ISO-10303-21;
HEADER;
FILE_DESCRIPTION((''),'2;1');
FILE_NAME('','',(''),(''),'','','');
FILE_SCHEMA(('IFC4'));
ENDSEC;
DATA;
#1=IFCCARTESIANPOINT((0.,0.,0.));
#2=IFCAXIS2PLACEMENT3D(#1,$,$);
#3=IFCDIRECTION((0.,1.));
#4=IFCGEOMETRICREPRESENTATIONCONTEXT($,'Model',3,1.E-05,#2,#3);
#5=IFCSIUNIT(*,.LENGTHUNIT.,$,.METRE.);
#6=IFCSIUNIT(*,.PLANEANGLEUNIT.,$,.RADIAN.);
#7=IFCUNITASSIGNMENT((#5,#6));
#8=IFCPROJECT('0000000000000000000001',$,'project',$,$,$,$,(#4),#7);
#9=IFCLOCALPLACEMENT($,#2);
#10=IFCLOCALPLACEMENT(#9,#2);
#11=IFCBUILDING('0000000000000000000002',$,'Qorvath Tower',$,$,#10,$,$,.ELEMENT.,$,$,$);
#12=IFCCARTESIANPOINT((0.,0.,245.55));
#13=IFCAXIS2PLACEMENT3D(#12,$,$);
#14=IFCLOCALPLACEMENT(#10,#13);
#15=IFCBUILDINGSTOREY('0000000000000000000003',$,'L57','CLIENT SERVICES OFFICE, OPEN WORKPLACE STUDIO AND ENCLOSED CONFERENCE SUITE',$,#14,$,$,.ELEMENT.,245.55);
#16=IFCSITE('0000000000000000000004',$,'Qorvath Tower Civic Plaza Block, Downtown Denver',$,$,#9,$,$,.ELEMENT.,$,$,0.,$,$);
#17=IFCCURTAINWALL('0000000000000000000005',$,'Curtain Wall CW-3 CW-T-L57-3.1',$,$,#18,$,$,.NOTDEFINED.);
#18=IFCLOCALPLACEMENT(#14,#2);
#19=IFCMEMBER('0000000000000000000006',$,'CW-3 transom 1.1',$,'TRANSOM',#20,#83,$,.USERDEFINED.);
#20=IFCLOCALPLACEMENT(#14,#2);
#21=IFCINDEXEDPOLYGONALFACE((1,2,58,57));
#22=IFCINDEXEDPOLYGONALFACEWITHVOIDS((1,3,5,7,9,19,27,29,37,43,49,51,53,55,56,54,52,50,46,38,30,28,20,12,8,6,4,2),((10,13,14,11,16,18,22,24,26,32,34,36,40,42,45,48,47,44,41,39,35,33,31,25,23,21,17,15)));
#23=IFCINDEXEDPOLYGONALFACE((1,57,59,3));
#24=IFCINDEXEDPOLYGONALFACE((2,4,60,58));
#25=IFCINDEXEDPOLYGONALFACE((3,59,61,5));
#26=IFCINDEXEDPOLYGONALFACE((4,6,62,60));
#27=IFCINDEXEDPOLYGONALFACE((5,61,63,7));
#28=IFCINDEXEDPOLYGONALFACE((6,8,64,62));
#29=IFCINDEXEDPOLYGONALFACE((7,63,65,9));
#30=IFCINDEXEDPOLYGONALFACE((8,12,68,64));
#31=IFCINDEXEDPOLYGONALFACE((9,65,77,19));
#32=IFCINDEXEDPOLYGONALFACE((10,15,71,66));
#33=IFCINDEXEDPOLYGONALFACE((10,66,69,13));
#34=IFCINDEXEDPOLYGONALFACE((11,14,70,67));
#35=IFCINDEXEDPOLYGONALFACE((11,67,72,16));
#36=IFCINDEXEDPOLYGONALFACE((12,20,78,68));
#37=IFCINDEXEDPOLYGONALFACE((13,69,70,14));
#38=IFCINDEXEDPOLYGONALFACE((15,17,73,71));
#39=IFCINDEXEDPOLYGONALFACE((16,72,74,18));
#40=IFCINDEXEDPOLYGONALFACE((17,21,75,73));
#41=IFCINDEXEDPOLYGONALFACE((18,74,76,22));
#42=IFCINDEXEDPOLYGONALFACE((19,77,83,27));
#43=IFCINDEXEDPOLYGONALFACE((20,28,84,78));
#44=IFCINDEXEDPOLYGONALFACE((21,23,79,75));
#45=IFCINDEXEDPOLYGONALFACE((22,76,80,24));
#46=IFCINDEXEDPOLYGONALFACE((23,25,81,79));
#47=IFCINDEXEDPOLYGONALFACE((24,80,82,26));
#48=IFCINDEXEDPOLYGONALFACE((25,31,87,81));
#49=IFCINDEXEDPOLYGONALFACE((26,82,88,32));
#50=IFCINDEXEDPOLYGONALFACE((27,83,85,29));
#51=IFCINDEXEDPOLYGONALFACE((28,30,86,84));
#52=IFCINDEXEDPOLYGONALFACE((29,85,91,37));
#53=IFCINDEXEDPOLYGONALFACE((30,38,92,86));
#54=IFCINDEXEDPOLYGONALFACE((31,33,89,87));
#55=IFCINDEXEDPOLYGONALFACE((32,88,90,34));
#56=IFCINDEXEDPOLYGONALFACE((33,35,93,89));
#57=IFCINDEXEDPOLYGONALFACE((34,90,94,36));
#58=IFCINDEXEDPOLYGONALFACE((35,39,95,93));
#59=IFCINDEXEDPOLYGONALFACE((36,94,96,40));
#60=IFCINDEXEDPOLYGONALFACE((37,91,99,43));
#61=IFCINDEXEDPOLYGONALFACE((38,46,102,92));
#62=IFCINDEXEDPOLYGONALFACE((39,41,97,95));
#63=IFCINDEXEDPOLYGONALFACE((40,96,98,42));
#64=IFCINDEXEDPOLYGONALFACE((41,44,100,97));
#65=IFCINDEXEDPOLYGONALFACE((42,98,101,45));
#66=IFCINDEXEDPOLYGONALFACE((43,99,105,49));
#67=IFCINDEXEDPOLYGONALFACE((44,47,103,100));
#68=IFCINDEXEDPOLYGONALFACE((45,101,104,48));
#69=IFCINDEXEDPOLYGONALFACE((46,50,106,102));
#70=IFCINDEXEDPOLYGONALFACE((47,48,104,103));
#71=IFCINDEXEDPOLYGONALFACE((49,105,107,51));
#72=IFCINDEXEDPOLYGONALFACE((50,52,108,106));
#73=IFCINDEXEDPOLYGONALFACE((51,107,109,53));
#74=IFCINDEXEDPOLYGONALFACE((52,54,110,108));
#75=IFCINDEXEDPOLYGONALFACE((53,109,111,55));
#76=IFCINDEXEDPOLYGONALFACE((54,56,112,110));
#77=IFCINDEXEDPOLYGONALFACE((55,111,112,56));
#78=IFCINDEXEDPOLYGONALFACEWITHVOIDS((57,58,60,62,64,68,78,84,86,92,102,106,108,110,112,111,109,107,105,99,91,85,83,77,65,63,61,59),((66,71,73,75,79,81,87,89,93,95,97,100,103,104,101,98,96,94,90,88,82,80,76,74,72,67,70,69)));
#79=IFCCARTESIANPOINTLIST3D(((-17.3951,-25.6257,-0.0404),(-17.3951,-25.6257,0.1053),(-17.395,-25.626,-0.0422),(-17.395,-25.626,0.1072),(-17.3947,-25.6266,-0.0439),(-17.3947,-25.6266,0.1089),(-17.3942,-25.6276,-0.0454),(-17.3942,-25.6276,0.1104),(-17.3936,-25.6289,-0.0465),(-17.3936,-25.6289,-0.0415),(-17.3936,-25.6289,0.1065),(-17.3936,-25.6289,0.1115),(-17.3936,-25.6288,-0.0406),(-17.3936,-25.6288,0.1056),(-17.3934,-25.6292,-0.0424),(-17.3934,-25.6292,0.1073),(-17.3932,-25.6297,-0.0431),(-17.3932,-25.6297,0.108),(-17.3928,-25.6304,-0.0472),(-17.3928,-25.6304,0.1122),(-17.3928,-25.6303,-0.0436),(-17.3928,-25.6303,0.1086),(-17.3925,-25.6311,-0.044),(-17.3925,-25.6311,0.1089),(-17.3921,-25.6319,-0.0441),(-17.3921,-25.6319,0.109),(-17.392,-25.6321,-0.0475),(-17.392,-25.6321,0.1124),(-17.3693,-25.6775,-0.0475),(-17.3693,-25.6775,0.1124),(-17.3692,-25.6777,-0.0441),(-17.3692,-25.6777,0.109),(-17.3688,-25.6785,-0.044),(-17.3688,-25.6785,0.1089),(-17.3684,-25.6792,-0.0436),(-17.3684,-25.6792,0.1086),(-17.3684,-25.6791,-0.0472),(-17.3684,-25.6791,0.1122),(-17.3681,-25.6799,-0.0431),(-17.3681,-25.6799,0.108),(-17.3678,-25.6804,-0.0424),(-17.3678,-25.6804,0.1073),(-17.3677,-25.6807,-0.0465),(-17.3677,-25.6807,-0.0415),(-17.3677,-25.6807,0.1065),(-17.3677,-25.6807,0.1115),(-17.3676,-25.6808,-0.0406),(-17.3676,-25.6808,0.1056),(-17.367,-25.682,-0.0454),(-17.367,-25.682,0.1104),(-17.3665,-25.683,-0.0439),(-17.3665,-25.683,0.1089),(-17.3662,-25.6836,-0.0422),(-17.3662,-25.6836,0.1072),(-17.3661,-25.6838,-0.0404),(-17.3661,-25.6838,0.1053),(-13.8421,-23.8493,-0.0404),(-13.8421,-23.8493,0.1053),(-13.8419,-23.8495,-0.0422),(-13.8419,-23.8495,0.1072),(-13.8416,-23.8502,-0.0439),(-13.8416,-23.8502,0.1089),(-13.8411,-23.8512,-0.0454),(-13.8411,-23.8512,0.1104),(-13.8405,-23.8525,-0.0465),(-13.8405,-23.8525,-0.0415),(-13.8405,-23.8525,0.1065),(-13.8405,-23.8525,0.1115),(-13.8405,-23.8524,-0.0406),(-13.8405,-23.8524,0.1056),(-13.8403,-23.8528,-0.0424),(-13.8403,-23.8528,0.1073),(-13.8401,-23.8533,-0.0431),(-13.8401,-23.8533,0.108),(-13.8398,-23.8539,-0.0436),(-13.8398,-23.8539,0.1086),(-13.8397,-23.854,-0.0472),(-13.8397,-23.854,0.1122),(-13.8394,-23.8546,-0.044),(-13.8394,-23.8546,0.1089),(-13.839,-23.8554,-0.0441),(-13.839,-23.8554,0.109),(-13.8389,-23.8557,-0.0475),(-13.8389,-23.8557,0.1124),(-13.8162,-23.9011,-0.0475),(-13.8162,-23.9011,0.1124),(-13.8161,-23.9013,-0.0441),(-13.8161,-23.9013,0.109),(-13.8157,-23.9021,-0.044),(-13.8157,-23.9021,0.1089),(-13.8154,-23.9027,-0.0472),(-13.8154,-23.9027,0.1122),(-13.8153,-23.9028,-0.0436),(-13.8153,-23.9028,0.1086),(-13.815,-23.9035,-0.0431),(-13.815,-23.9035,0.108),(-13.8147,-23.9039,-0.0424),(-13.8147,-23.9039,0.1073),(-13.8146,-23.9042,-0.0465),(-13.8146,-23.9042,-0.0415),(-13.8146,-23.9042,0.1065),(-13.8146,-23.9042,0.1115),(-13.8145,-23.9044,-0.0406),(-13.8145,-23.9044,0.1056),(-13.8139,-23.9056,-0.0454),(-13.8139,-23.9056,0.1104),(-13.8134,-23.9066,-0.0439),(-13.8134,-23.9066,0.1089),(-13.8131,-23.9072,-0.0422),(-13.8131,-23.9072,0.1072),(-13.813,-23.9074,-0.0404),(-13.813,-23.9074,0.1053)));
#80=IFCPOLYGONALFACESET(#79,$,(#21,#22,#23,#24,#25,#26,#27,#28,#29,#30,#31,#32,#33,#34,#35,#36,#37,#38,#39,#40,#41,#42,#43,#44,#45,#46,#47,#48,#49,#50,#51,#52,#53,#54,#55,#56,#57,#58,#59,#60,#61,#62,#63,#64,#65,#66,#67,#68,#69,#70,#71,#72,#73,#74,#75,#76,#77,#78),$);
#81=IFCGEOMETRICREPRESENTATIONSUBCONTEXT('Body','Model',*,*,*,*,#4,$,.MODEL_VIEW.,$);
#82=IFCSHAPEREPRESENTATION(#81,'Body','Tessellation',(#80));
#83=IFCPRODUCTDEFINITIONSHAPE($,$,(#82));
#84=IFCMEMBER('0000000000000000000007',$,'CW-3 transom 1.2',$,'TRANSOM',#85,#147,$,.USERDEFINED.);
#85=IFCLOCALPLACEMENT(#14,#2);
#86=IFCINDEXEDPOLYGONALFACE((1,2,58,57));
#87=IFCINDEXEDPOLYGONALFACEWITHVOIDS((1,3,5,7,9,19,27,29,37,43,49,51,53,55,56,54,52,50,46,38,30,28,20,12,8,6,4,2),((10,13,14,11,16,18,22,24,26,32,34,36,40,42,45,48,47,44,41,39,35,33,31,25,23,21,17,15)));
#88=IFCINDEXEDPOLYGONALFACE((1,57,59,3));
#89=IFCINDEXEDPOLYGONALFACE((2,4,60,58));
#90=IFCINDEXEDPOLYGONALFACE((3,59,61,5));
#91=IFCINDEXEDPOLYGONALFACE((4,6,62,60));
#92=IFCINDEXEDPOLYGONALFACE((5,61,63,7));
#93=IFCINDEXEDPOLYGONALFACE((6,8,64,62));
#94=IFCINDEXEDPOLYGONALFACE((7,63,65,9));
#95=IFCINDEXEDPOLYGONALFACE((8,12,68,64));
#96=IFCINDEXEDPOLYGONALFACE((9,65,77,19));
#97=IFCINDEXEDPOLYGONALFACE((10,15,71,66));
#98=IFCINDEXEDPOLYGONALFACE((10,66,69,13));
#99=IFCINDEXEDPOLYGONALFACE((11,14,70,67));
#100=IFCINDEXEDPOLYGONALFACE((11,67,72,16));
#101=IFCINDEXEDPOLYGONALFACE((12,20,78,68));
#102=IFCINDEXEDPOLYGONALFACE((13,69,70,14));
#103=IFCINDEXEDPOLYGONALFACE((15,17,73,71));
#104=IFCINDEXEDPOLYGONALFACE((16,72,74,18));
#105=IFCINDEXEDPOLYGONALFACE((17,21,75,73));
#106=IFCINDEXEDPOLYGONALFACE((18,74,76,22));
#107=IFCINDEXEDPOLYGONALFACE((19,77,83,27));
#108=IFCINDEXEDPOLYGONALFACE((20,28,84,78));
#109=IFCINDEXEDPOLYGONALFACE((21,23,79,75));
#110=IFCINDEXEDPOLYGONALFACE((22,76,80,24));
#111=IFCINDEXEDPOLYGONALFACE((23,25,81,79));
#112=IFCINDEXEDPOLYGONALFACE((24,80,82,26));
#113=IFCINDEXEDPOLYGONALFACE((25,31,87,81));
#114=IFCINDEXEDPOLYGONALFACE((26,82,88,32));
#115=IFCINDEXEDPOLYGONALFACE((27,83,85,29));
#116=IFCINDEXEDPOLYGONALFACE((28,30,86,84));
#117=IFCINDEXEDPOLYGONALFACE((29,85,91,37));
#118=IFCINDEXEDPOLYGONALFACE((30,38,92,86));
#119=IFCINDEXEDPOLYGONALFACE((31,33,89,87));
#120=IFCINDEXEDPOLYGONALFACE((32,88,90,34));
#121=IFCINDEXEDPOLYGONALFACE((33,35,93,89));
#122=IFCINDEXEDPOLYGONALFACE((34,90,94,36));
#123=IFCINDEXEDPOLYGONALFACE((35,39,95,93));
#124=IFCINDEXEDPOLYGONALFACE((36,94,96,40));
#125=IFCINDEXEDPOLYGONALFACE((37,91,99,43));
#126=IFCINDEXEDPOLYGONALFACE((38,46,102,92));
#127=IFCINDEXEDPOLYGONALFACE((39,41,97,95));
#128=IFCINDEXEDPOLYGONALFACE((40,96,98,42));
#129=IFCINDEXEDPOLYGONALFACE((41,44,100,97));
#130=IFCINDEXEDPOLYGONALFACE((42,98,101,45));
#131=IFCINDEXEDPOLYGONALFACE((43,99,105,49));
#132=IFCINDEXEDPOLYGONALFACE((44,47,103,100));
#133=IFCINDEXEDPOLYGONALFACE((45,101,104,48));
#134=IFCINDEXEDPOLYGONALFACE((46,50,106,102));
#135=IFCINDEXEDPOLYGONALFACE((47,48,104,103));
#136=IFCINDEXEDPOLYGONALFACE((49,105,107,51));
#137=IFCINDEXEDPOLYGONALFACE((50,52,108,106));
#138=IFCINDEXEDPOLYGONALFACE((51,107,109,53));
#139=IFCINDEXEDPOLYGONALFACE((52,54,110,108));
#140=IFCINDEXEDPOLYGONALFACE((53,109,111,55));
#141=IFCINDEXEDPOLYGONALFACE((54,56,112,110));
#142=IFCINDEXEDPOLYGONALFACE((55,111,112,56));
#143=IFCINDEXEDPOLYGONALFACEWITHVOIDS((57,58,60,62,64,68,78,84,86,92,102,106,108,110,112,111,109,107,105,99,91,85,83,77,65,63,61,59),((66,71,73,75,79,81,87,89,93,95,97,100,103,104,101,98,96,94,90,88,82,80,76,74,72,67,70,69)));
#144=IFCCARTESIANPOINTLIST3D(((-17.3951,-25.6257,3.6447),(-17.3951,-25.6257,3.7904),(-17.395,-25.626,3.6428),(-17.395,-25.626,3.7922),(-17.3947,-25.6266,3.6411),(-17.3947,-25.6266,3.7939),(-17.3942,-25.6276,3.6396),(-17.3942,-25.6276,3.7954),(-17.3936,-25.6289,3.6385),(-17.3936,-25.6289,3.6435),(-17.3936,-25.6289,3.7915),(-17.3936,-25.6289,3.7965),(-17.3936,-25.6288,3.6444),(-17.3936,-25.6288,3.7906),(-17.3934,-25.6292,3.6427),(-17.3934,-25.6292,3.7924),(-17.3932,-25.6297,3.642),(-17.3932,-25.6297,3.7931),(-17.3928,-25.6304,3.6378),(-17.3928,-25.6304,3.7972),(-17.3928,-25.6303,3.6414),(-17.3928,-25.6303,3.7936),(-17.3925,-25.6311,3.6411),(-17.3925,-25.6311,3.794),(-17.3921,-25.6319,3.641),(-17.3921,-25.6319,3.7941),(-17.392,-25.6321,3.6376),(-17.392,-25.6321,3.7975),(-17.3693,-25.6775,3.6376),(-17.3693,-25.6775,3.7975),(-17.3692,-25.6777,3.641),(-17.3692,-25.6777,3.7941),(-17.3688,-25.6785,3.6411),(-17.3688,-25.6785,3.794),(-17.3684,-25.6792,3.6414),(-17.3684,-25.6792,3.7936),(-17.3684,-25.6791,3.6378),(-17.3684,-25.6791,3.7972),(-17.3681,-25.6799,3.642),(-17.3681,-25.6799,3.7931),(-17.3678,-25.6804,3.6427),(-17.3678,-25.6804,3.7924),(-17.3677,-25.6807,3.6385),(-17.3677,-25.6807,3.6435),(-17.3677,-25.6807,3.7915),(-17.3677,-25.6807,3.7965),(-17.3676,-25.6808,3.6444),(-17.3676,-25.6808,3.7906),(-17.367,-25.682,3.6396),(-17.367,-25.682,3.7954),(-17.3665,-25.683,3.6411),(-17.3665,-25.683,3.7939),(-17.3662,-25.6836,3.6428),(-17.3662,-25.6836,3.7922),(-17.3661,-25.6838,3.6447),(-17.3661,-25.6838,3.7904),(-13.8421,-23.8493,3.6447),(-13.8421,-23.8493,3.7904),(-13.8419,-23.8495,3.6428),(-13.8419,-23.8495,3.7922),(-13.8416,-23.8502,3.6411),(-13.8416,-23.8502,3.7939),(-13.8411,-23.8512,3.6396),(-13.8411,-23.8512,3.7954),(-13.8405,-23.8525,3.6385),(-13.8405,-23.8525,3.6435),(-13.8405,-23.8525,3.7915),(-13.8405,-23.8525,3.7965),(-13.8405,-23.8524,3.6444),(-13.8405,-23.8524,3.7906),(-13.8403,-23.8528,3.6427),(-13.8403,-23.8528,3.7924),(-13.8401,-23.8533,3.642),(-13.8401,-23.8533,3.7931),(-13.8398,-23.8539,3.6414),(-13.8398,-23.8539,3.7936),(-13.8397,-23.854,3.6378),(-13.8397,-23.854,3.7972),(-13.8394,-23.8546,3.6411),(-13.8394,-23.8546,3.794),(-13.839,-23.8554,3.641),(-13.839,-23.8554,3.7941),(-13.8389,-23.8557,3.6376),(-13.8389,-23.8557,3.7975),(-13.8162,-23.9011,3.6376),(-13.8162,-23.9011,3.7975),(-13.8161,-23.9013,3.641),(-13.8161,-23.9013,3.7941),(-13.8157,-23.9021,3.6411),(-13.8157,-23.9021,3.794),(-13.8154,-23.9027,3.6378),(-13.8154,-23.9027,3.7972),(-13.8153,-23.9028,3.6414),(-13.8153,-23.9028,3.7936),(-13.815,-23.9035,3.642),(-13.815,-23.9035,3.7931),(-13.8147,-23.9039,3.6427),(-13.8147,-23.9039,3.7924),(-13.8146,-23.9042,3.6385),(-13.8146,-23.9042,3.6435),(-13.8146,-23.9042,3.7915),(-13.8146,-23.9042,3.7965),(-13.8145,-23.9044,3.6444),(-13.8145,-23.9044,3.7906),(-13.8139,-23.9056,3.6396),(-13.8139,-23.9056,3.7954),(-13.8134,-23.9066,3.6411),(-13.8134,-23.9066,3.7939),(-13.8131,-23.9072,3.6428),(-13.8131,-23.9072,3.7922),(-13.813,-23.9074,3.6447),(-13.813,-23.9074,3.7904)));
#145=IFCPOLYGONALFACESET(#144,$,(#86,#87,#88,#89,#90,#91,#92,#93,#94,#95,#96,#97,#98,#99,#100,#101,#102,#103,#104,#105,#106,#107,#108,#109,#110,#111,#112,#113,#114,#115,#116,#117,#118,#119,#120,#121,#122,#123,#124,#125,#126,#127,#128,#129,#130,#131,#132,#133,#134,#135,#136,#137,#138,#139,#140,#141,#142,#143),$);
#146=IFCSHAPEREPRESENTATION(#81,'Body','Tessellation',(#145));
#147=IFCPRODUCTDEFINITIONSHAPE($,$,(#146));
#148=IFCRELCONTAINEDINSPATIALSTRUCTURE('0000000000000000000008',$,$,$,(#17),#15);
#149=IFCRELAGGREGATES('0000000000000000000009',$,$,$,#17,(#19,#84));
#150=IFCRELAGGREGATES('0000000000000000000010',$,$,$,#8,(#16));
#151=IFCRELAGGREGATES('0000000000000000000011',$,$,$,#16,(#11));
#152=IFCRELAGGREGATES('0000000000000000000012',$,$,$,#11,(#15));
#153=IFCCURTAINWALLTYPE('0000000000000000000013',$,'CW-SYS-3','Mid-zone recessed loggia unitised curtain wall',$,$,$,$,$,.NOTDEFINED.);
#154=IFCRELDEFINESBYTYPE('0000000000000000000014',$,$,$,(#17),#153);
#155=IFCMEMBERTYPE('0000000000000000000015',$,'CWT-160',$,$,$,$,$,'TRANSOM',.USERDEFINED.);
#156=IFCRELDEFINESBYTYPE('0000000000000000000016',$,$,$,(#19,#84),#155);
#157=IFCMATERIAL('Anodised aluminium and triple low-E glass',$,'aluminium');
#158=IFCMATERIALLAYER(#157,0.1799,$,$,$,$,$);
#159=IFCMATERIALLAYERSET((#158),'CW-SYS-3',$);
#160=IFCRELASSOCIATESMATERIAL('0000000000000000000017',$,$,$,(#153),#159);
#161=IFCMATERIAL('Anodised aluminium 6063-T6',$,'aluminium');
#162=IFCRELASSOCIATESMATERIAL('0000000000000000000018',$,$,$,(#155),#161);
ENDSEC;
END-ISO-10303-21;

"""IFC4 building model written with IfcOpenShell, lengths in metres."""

from ifc_helpers import new_model, si_unit, direction, frame, origin, origin_2d, place, context, subcontext, project, spatial, hollow_rectangle, extrude, material, layer, layer_set, material_profile, profile_set, type_object, element, aggregate, save


model = new_model("IFC4")

# Units and contexts
model_context = context("Model", 3, precision=1e-05, world=origin(), true_north=direction((0.0, 1.0)))
body_context = subcontext(model_context, "Body", "Model", "MODEL_VIEW")
ifc_project = project(units=[si_unit("LENGTHUNIT", "METRE"), si_unit("PLANEANGLEUNIT", "RADIAN")], contexts=[model_context])

# Site, building, storey
site_placement = place(None, origin())
site = spatial("IfcSite", under=ifc_project, at=site_placement, Name="Qorvath Tower Civic Plaza Block, Downtown Denver", CompositionType="ELEMENT", RefElevation=0.0)
building_placement = place(site_placement, origin())
building = spatial("IfcBuilding", under=site, at=building_placement, Name="Qorvath Tower", CompositionType="ELEMENT")
storey_placement = place(building_placement, frame((0.0, 0.0, 245.55)))
storey = spatial("IfcBuildingStorey", under=building, at=storey_placement, Name="L57", Description="CLIENT SERVICES OFFICE, OPEN WORKPLACE STUDIO AND ENCLOSED CONFERENCE SUITE", CompositionType="ELEMENT", Elevation=245.55)

# Shared definitions
ifc_material_1 = material(Name="Anodised aluminium and triple low-E glass", Category="aluminium")
ifc_layer_1 = layer(ifc_material_1, 0.1799)
ifc_layer_set_1 = layer_set([ifc_layer_1], Name="CW-SYS-3")
curtain_wall_type = type_object("IfcCurtainWallType", Name="CW-SYS-3", Description="Mid-zone recessed loggia unitised curtain wall", PredefinedType="NOTDEFINED", material=ifc_layer_set_1)

# Curtain wall
curtain_wall_1_placement = place(storey_placement, origin())
curtain_wall_1 = element("IfcCurtainWall", 1, at=curtain_wall_1_placement, inside=storey, type_object=curtain_wall_type, Name="Curtain Wall CW-3 CW-T-L57-3.1", PredefinedType="NOTDEFINED")

# Members
ifc_material_2 = material(Name="Anodised aluminium 6063-T6", Category="aluminium")
ifc_material_profile_1 = material_profile(ifc_material_2, hollow_rectangle(XDim=0.0649, YDim=0.1599, WallThickness=0.0034, InnerFilletRadius=0.0034, OuterFilletRadius=0.0071, at=origin_2d()), Name="CWT 160x65")
ifc_profile_set_1 = profile_set([ifc_material_profile_1], Name="Anodised aluminium 6063-T6")
member_type_1 = type_object("IfcMemberType", Name="CWT-160", ElementType="TRANSOM", PredefinedType="USERDEFINED", material=ifc_profile_set_1)
member_1_placement = place(storey_placement, frame((-17.3806, -25.6548, 0.0325), z_axis=(0.894439, 0.447189, 0.0), x_axis=(-0.447189, 0.894439, 0.0)))
member_1 = element("IfcMember", 2, at=member_1_placement, type_object=member_type_1, Name="CW-3 transom 1.1", ObjectType="TRANSOM", PredefinedType="USERDEFINED", context=body_context, shape_type="SweptSolid", body=[
    extrude(hollow_rectangle(XDim=0.0649, YDim=0.1599, WallThickness=0.0034, InnerFilletRadius=0.0034, OuterFilletRadius=0.0071, at=origin_2d()), origin(), (0.0, 0.0, 1.0), 3.9724),
])
member_2_placement = place(storey_placement, frame((-17.3806, -25.6548, 3.7175), z_axis=(0.894439, 0.447189, 0.0), x_axis=(-0.447189, 0.894439, 0.0)))
member_2 = element("IfcMember", 3, at=member_2_placement, type_object=member_type_1, Name="CW-3 transom 1.2", ObjectType="TRANSOM", PredefinedType="USERDEFINED", context=body_context, shape_type="SweptSolid", body=[
    extrude(hollow_rectangle(XDim=0.0649, YDim=0.1599, WallThickness=0.0034, InnerFilletRadius=0.0034, OuterFilletRadius=0.0071, at=origin_2d()), origin(), (0.0, 0.0, 1.0), 3.9724),
])

aggregate(curtain_wall_1, [member_1, member_2])

save(model, "model.ifc")
